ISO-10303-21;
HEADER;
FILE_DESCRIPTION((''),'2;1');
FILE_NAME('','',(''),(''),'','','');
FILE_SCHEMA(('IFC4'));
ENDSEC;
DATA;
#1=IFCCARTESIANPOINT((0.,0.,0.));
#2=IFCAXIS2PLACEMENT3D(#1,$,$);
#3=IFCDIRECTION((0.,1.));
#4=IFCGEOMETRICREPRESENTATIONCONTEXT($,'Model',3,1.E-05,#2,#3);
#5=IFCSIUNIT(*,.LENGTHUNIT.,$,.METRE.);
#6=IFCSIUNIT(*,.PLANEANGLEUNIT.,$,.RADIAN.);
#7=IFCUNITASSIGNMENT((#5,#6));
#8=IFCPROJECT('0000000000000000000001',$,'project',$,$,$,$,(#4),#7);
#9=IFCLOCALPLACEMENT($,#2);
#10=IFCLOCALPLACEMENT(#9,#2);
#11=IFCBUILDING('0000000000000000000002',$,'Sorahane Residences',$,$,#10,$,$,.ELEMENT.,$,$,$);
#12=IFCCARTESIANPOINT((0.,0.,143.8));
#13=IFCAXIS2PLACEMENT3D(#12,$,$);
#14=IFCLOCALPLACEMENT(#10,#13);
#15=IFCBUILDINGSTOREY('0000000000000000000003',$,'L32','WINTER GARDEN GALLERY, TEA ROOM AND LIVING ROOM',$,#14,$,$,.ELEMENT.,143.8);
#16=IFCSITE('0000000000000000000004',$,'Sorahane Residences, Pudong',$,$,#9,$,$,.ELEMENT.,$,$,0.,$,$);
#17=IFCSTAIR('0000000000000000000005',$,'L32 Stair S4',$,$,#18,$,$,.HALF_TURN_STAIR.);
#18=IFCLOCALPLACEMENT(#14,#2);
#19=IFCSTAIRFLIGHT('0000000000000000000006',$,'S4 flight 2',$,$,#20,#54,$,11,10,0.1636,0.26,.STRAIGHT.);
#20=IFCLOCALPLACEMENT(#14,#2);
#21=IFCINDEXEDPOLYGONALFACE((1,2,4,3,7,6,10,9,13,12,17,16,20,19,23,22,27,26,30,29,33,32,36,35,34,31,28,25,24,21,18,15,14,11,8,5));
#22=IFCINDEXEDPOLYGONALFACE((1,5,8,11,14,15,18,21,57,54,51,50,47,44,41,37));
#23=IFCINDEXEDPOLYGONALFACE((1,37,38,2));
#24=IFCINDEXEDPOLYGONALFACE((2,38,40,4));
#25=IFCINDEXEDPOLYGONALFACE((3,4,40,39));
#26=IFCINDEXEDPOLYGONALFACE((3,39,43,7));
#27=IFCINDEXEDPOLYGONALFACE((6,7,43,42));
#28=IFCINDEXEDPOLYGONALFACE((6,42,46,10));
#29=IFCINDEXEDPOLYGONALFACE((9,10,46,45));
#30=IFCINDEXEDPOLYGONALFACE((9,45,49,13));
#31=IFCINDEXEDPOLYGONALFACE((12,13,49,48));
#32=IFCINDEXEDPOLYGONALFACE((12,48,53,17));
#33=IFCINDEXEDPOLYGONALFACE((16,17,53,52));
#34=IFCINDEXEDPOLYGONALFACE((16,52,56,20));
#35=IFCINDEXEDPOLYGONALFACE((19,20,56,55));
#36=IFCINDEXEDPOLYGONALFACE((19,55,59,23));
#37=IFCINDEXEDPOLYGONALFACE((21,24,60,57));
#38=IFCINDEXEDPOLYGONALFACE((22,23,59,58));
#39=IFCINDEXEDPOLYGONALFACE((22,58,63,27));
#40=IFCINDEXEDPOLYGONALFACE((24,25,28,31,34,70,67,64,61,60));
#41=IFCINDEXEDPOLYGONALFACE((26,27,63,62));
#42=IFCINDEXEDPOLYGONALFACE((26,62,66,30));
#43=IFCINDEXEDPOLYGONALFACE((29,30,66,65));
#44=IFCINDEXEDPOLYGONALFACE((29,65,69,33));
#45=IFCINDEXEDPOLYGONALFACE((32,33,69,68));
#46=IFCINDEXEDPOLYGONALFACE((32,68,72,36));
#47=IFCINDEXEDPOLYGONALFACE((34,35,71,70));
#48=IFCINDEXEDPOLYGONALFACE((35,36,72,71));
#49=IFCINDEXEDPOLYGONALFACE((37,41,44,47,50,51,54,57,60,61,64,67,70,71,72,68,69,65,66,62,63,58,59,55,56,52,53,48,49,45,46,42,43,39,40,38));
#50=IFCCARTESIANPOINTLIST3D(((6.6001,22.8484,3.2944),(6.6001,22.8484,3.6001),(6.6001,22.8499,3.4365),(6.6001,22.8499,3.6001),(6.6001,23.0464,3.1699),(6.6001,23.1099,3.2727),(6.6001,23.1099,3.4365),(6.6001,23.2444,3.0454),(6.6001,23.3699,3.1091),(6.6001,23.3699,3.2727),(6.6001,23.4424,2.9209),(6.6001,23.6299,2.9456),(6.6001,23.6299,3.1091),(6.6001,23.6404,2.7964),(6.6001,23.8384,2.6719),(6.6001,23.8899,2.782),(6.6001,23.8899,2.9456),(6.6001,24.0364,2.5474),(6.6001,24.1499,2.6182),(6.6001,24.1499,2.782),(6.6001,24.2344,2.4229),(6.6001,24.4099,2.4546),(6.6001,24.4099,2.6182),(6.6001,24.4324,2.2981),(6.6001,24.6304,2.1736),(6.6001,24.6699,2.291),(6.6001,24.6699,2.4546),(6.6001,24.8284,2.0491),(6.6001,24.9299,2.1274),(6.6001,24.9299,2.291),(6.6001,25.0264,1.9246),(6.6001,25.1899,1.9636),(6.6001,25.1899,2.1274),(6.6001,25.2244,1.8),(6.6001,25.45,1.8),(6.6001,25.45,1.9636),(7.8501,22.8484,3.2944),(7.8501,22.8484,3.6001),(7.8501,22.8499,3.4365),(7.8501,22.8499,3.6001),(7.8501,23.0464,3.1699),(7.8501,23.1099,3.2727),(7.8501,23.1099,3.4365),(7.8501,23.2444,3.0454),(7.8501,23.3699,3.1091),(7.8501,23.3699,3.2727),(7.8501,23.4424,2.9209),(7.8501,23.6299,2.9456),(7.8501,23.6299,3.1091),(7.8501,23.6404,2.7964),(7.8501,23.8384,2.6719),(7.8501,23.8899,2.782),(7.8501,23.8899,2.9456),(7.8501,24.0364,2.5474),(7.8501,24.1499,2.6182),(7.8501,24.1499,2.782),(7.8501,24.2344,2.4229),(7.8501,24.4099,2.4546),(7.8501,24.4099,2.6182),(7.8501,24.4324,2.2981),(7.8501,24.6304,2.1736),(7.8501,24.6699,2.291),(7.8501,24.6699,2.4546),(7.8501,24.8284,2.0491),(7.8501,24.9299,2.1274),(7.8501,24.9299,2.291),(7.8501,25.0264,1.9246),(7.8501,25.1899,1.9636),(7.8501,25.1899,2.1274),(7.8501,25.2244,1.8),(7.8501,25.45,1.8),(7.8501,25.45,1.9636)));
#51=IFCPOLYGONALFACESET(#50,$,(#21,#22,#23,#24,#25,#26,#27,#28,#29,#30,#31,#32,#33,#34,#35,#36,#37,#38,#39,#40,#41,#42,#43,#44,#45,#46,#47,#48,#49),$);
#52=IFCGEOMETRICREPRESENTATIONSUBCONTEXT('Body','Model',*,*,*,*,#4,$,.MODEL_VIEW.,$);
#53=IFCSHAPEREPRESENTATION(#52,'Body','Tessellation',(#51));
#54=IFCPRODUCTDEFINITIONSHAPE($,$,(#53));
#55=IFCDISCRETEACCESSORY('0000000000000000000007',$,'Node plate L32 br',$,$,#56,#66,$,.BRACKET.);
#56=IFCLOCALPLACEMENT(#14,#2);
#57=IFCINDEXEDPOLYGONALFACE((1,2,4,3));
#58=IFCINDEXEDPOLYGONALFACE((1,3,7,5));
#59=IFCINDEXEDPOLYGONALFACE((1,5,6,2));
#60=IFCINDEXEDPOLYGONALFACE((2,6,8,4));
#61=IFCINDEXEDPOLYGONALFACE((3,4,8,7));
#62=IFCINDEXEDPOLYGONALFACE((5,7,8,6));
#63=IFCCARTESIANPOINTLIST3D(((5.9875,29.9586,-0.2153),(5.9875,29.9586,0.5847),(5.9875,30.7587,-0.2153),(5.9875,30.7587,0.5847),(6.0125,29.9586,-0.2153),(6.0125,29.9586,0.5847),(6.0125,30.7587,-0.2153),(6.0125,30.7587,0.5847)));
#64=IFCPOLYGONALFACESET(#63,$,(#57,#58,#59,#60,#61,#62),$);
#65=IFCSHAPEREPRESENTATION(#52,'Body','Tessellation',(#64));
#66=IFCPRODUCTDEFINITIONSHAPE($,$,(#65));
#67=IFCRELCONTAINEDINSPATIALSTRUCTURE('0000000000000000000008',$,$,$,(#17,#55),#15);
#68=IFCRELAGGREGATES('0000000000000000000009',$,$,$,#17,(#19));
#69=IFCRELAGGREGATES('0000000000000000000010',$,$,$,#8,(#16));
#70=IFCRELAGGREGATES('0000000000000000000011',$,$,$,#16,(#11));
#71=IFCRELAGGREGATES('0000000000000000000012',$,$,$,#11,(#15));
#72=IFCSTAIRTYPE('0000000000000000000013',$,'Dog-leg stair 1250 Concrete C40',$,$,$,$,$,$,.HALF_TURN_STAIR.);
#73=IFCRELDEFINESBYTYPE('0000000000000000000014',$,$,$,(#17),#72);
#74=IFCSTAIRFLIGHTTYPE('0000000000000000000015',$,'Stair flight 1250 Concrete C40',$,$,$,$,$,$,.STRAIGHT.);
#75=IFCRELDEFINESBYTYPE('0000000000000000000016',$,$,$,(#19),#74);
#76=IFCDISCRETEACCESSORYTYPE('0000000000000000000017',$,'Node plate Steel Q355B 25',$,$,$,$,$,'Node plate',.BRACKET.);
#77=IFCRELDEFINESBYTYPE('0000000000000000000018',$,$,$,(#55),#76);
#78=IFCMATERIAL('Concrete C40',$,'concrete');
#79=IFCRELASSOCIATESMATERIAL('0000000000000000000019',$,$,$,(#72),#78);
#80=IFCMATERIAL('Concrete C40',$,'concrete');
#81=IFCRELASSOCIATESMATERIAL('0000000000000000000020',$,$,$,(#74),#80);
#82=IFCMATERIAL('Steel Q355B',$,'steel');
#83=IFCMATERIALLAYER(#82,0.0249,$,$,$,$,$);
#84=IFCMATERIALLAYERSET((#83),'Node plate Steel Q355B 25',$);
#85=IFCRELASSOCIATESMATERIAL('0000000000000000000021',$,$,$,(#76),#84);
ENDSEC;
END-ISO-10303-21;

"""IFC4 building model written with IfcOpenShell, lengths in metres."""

from ifc_helpers import new_model, si_unit, direction, frame, origin, origin_2d, place, context, subcontext, project, spatial, polyline, rectangle, outline, extrude, material, layer, layer_set, type_object, element, aggregate, save


model = new_model("IFC4")

# Units and contexts
model_context = context("Model", 3, precision=1e-05, world=origin(), true_north=direction((0.0, 1.0)))
body_context = subcontext(model_context, "Body", "Model", "MODEL_VIEW")
ifc_project = project(units=[si_unit("LENGTHUNIT", "METRE"), si_unit("PLANEANGLEUNIT", "RADIAN")], contexts=[model_context])

# Site, building, storey
site_placement = place(None, origin())
site = spatial("IfcSite", under=ifc_project, at=site_placement, Name="Sorahane Residences, Pudong", CompositionType="ELEMENT", RefElevation=0.0)
building_placement = place(site_placement, origin())
building = spatial("IfcBuilding", under=site, at=building_placement, Name="Sorahane Residences", CompositionType="ELEMENT")
storey_placement = place(building_placement, frame((0.0, 0.0, 143.8)))
storey = spatial("IfcBuildingStorey", under=building, at=storey_placement, Name="L32", Description="WINTER GARDEN GALLERY, TEA ROOM AND LIVING ROOM", CompositionType="ELEMENT", Elevation=143.8)

# Stair, stair flight
ifc_material_1 = material(Name="Concrete C40", Category="concrete")
stair_type = type_object("IfcStairType", Name="Dog-leg stair 1250 Concrete C40", PredefinedType="HALF_TURN_STAIR", material=ifc_material_1)
stair_placement = place(storey_placement, origin())
stair = element("IfcStair", 1, at=stair_placement, inside=storey, type_object=stair_type, Name="L32 Stair S4", PredefinedType="HALF_TURN_STAIR")
ifc_material_2 = material(Name="Concrete C40", Category="concrete")
stair_flight_type = type_object("IfcStairFlightType", Name="Stair flight 1250 Concrete C40", PredefinedType="STRAIGHT", material=ifc_material_2)
stair_flight_placement = place(storey_placement, frame((7.2251, 25.45, 1.8), z_axis=(0.0, 0.0, 1.0), x_axis=(0.0, -1.0, 0.0)))
stair_flight = element("IfcStairFlight", 2, at=stair_flight_placement, type_object=stair_flight_type, Name="S4 flight 2", NumberOfRisers=11, NumberOfTreads=10, PredefinedType="STRAIGHT", RiserHeight=0.1636, TreadLength=0.26, context=body_context, shape_type="SweptSolid", body=[
    extrude(outline(polyline([(0.0, 0.0), (0.0, 0.1636), (0.26, 0.1636), (0.26, 0.3274), (0.52, 0.3274), (0.52, 0.491), (0.78, 0.491), (0.78, 0.6545), (1.04, 0.6545), (1.04, 0.8181), (1.3, 0.8181), (1.3, 0.9819), (1.5601, 0.9819), (1.5601, 1.1455), (1.8201, 1.1455), (1.8201, 1.3091), (2.0801, 1.3091), (2.0801, 1.4727), (2.3401, 1.4727), (2.3401, 1.6365), (2.6001, 1.6365), (2.6001, 1.8), (2.6016, 1.8), (2.6016, 1.4944), (2.4036, 1.3699), (2.2056, 1.2454), (2.0076, 1.1208), (1.8096, 0.9963), (1.6116, 0.8718), (1.4136, 0.7473), (1.2156, 0.6228), (1.0176, 0.498), (0.8196, 0.3735), (0.6216, 0.249), (0.4236, 0.1245), (0.2256, 0.0), (0.0, 0.0)])), frame((0.0, 0.625, 0.0), z_axis=(0.0, -1.0, 0.0), x_axis=(1.0, 0.0, 0.0)), (0.0, 0.0, 1.0), 1.25),
])
aggregate(stair, [stair_flight])

# Discrete accessory
ifc_material_3 = material(Name="Steel Q355B", Category="steel")
ifc_layer_1 = layer(ifc_material_3, 0.0249)
ifc_layer_set_1 = layer_set([ifc_layer_1], Name="Node plate Steel Q355B 25")
discrete_accessory_type = type_object("IfcDiscreteAccessoryType", Name="Node plate Steel Q355B 25", ElementType="Node plate", PredefinedType="BRACKET", material=ifc_layer_set_1)
discrete_accessory_placement = place(storey_placement, frame((6.0, 30.3586, -0.2153), z_axis=(0.0, 0.0, 1.0), x_axis=(0.0, 1.0, 0.0)))
element("IfcDiscreteAccessory", 3, at=discrete_accessory_placement, inside=storey, type_object=discrete_accessory_type, Name="Node plate L32 br", PredefinedType="BRACKET", context=body_context, shape_type="SweptSolid", body=[
    extrude(rectangle(XDim=0.8, YDim=0.0249, at=origin_2d()), origin(), (0.0, 0.0, 1.0), 0.8),
])

save(model, "model.ifc")
